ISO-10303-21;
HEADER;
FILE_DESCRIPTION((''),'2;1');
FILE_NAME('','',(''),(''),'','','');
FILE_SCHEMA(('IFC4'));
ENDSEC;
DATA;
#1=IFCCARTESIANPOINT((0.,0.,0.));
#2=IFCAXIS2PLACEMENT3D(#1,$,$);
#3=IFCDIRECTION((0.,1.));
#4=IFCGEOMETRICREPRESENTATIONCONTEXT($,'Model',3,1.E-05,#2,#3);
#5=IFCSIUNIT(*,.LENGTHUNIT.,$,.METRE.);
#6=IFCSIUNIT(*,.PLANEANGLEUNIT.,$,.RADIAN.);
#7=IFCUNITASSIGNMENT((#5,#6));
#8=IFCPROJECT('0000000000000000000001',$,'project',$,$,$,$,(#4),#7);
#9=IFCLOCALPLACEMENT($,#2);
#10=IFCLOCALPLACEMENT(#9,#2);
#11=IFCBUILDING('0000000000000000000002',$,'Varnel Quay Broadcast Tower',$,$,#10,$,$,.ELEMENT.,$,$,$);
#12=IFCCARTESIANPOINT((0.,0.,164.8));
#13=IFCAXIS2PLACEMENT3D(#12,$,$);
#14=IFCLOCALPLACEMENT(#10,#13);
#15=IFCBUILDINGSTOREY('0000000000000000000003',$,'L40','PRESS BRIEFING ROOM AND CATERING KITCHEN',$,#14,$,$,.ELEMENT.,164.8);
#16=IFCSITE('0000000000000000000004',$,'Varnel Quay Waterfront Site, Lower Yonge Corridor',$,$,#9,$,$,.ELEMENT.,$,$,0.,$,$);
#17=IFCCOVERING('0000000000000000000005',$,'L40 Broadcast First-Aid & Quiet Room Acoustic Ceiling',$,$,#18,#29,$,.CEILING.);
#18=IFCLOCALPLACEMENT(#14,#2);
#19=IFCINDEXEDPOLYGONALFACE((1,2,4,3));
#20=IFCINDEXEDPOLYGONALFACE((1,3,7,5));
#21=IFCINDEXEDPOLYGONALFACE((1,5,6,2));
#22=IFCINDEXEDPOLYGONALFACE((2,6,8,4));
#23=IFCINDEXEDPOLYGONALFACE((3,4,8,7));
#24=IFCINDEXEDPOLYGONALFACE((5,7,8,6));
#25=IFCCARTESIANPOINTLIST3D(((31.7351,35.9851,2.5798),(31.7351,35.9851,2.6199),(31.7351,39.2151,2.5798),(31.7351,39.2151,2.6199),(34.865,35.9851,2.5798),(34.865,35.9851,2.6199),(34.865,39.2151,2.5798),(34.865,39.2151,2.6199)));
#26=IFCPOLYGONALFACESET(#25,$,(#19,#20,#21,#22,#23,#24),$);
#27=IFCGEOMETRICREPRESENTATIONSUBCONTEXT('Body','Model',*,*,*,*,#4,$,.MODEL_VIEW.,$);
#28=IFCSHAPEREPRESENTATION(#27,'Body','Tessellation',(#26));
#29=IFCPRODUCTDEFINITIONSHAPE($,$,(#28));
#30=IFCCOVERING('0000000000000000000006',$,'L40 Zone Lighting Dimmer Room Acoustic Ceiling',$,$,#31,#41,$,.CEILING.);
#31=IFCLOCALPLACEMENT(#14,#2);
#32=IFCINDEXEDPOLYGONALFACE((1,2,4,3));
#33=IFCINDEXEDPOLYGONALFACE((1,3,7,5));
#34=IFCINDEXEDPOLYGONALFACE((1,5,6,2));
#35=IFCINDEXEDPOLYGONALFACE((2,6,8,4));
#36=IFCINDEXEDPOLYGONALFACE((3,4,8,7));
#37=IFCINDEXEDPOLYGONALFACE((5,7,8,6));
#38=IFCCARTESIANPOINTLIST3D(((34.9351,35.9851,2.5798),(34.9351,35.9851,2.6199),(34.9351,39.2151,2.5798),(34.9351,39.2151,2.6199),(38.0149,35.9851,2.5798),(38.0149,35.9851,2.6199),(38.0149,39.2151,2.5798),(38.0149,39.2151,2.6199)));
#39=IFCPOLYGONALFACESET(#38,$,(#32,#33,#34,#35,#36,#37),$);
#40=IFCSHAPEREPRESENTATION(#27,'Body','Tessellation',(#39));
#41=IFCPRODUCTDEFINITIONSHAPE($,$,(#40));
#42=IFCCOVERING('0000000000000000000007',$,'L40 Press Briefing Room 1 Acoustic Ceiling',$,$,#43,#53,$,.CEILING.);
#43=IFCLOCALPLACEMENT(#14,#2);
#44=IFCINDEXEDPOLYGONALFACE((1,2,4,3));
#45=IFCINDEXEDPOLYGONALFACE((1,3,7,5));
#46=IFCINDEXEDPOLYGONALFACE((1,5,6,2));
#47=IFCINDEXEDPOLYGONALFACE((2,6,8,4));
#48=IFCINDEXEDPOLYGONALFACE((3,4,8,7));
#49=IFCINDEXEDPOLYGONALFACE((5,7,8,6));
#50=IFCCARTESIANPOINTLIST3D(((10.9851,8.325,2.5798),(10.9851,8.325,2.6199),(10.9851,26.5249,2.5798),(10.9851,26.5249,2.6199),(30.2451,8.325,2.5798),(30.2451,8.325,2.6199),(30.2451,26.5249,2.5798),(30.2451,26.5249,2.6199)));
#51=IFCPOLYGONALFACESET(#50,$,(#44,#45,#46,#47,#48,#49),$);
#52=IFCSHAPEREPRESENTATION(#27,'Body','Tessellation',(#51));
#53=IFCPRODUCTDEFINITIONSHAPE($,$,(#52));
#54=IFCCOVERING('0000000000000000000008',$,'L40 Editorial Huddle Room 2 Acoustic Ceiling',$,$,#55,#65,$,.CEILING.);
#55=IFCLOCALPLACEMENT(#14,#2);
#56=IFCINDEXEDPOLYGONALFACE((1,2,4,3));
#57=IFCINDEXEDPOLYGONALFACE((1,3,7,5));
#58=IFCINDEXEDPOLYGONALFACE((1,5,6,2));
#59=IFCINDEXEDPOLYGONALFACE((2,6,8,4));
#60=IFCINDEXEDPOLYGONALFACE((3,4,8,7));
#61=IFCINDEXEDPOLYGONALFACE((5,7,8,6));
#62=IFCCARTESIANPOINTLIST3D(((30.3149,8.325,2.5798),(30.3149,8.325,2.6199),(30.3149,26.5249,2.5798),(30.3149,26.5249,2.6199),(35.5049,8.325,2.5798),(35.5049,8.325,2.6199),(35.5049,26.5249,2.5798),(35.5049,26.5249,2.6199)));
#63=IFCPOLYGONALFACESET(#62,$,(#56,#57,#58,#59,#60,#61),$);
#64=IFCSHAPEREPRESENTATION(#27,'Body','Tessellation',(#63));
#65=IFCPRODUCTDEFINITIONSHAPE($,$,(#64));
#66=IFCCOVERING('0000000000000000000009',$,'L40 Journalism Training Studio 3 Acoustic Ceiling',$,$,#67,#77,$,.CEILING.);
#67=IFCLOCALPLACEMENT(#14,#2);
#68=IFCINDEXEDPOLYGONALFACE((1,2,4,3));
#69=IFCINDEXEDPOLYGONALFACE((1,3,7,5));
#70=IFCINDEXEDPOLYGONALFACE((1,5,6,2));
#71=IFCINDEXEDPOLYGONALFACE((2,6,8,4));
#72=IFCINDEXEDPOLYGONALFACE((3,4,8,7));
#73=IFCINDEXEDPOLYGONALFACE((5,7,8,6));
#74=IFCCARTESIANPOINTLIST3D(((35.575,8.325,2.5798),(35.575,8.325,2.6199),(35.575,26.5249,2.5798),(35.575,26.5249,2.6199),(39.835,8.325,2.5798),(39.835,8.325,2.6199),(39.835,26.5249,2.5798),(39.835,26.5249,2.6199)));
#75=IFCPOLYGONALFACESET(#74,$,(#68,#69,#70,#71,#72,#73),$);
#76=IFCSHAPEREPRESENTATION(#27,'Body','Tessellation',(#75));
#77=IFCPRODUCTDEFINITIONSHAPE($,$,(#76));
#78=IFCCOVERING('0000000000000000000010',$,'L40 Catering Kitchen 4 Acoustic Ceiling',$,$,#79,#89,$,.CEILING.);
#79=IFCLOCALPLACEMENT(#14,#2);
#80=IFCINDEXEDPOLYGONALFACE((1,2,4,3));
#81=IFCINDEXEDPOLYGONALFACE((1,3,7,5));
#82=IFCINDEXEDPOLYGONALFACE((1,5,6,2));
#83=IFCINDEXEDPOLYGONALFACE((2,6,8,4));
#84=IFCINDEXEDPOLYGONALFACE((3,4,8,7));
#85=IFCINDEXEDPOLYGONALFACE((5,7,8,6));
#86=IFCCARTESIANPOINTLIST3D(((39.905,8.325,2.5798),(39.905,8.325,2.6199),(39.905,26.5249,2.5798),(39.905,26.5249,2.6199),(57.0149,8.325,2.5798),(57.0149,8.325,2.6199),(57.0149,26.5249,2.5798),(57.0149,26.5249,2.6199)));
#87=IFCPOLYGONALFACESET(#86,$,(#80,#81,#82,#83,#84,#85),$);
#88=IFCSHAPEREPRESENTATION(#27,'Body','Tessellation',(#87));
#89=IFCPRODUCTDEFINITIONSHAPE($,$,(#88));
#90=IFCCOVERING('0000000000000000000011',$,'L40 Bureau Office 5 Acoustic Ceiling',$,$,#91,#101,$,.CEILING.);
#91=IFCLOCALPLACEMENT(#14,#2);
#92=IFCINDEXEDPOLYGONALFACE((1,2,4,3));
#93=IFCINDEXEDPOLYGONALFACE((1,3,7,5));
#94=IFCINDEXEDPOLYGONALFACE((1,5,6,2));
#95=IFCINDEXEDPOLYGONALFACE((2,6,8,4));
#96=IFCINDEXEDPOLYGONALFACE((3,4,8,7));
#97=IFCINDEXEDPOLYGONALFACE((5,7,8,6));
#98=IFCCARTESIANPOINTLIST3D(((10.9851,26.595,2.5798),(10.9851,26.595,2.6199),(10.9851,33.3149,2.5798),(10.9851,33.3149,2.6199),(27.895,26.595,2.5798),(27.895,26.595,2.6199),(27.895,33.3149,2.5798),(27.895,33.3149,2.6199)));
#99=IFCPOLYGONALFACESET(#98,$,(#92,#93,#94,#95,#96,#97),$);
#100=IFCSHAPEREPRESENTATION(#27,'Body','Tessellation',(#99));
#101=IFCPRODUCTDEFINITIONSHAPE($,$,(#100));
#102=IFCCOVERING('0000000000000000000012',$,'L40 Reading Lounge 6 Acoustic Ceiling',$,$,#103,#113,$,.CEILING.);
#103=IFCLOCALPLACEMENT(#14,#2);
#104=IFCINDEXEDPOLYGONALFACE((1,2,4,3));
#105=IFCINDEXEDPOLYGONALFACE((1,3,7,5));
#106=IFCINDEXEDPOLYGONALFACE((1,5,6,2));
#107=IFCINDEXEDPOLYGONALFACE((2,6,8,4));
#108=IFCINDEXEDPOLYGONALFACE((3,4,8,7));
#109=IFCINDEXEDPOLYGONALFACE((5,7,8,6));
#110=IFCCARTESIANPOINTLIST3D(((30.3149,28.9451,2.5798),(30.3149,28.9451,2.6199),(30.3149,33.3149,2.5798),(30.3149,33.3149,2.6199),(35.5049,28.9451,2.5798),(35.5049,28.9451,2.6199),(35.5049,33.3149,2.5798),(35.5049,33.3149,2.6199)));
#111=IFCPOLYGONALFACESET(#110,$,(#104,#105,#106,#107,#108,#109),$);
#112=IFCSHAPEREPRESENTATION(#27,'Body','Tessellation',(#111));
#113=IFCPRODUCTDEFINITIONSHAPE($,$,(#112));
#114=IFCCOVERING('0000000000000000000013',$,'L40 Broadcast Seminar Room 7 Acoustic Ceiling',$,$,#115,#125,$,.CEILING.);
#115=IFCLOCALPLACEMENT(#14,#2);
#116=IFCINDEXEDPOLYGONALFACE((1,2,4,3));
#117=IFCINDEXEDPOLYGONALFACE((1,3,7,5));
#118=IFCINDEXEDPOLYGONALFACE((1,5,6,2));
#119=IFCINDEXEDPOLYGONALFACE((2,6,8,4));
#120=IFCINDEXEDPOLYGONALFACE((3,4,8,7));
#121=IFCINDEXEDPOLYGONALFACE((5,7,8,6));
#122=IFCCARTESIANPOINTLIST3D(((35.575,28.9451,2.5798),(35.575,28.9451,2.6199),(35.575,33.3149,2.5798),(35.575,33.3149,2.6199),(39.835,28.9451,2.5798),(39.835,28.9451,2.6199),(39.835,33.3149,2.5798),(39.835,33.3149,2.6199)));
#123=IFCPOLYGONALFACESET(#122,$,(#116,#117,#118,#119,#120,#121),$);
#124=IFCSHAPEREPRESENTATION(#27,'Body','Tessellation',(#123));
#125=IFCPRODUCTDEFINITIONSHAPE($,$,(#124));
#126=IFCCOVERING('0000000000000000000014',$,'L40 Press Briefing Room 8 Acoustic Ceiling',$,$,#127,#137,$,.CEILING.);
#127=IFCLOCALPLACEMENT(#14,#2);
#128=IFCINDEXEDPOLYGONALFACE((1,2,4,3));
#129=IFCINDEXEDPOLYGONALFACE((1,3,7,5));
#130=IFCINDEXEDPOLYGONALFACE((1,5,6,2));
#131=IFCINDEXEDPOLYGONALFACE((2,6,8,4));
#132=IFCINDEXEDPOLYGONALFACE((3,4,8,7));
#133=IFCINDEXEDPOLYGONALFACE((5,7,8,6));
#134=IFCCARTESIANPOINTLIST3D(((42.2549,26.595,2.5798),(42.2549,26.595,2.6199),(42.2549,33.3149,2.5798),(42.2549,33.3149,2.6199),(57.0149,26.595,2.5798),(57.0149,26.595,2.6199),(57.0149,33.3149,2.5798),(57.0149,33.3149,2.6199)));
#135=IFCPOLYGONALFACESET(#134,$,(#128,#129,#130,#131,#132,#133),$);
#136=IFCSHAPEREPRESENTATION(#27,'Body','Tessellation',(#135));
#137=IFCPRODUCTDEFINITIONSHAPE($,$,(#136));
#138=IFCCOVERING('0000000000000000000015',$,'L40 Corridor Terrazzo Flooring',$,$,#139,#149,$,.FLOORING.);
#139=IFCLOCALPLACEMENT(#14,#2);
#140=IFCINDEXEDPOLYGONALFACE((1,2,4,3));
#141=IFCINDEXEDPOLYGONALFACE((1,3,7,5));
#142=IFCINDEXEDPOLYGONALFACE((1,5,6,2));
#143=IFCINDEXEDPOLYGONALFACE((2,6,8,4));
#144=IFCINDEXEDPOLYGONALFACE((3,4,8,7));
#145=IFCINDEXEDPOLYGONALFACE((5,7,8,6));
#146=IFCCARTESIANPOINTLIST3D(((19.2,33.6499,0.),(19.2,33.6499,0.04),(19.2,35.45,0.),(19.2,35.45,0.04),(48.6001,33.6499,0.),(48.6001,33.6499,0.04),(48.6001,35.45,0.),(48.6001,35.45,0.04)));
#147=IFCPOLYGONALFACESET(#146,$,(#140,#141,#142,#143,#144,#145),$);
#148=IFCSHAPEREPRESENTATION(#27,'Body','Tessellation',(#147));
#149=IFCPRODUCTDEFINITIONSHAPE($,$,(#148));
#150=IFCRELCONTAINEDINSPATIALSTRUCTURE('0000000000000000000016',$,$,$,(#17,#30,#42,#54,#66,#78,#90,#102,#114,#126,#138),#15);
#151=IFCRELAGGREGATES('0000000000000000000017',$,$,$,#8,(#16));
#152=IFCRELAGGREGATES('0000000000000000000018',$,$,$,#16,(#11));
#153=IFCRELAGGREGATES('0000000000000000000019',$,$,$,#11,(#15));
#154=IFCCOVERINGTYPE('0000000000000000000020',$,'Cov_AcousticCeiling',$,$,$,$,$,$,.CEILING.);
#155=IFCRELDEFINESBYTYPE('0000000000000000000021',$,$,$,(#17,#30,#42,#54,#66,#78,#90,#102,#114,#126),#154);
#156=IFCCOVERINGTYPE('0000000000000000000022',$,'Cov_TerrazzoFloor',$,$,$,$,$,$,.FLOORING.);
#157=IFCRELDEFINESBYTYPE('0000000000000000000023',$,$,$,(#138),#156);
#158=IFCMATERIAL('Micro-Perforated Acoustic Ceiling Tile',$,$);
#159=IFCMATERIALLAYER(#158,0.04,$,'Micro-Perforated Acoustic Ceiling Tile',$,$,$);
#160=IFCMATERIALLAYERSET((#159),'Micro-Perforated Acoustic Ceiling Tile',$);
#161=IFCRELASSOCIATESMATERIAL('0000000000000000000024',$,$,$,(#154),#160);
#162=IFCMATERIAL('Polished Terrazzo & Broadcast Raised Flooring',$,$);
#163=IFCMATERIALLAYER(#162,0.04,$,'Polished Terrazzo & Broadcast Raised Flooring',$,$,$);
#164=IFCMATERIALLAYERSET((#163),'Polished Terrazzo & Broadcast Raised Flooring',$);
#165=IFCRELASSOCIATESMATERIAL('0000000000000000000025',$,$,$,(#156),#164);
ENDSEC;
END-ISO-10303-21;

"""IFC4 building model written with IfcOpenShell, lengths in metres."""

from ifc_helpers import new_model, si_unit, direction, frame, origin, place, context, subcontext, project, spatial, polyline, outline, extrude, material, layer, layer_set, type_object, element, save


model = new_model("IFC4")

# Units and contexts
model_context = context("Model", 3, precision=1e-05, world=origin(), true_north=direction((0.0, 1.0)))
body_context = subcontext(model_context, "Body", "Model", "MODEL_VIEW")
ifc_project = project(units=[si_unit("LENGTHUNIT", "METRE"), si_unit("PLANEANGLEUNIT", "RADIAN")], contexts=[model_context])

# Site, building, storey
site_placement = place(None, origin())
site = spatial("IfcSite", under=ifc_project, at=site_placement, Name="Varnel Quay Waterfront Site, Lower Yonge Corridor", CompositionType="ELEMENT", RefElevation=0.0)
building_placement = place(site_placement, origin())
building = spatial("IfcBuilding", under=site, at=building_placement, Name="Varnel Quay Broadcast Tower", CompositionType="ELEMENT")
storey_placement = place(building_placement, frame((0.0, 0.0, 164.8)))
storey = spatial("IfcBuildingStorey", under=building, at=storey_placement, Name="L40", Description="PRESS BRIEFING ROOM AND CATERING KITCHEN", CompositionType="ELEMENT", Elevation=164.8)

# Coverings
ifc_material_1 = material(Name="Micro-Perforated Acoustic Ceiling Tile")
ifc_layer_1 = layer(ifc_material_1, 0.04, Name="Micro-Perforated Acoustic Ceiling Tile")
ifc_layer_set_1 = layer_set([ifc_layer_1], Name="Micro-Perforated Acoustic Ceiling Tile")
covering_type_1 = type_object("IfcCoveringType", Name="Cov_AcousticCeiling", PredefinedType="CEILING", material=ifc_layer_set_1)
covering_1_placement = place(storey_placement, frame((0.0, 0.0, 2.5798)))
element("IfcCovering", 1, at=covering_1_placement, inside=storey, type_object=covering_type_1, Name="L40 Broadcast First-Aid & Quiet Room Acoustic Ceiling", PredefinedType="CEILING", context=body_context, shape_type="SweptSolid", body=[
    extrude(outline(polyline([(31.7351, 35.9851), (34.865, 35.9851), (34.865, 39.2151), (31.7351, 39.2151), (31.7351, 35.9851)])), origin(), (0.0, 0.0, 1.0), 0.04),
])
covering_2_placement = place(storey_placement, frame((0.0, 0.0, 2.5798)))
element("IfcCovering", 2, at=covering_2_placement, inside=storey, type_object=covering_type_1, Name="L40 Zone Lighting Dimmer Room Acoustic Ceiling", PredefinedType="CEILING", context=body_context, shape_type="SweptSolid", body=[
    extrude(outline(polyline([(34.9351, 35.9851), (38.0149, 35.9851), (38.0149, 39.2151), (34.9351, 39.2151), (34.9351, 35.9851)])), origin(), (0.0, 0.0, 1.0), 0.04),
])
covering_3_placement = place(storey_placement, frame((0.0, 0.0, 2.5798)))
element("IfcCovering", 3, at=covering_3_placement, inside=storey, type_object=covering_type_1, Name="L40 Press Briefing Room 1 Acoustic Ceiling", PredefinedType="CEILING", context=body_context, shape_type="SweptSolid", body=[
    extrude(outline(polyline([(10.9851, 8.325), (30.2451, 8.325), (30.2451, 26.5249), (10.9851, 26.5249), (10.9851, 8.325)])), origin(), (0.0, 0.0, 1.0), 0.04),
])
covering_4_placement = place(storey_placement, frame((0.0, 0.0, 2.5798)))
element("IfcCovering", 4, at=covering_4_placement, inside=storey, type_object=covering_type_1, Name="L40 Editorial Huddle Room 2 Acoustic Ceiling", PredefinedType="CEILING", context=body_context, shape_type="SweptSolid", body=[
    extrude(outline(polyline([(30.3149, 8.325), (35.5049, 8.325), (35.5049, 26.5249), (30.3149, 26.5249), (30.3149, 8.325)])), origin(), (0.0, 0.0, 1.0), 0.04),
])
covering_5_placement = place(storey_placement, frame((0.0, 0.0, 2.5798)))
element("IfcCovering", 5, at=covering_5_placement, inside=storey, type_object=covering_type_1, Name="L40 Journalism Training Studio 3 Acoustic Ceiling", PredefinedType="CEILING", context=body_context, shape_type="SweptSolid", body=[
    extrude(outline(polyline([(35.575, 8.325), (39.835, 8.325), (39.835, 26.5249), (35.575, 26.5249), (35.575, 8.325)])), origin(), (0.0, 0.0, 1.0), 0.04),
])
covering_6_placement = place(storey_placement, frame((0.0, 0.0, 2.5798)))
element("IfcCovering", 6, at=covering_6_placement, inside=storey, type_object=covering_type_1, Name="L40 Catering Kitchen 4 Acoustic Ceiling", PredefinedType="CEILING", context=body_context, shape_type="SweptSolid", body=[
    extrude(outline(polyline([(39.905, 8.325), (57.0149, 8.325), (57.0149, 26.5249), (39.905, 26.5249), (39.905, 8.325)])), origin(), (0.0, 0.0, 1.0), 0.04),
])
covering_7_placement = place(storey_placement, frame((0.0, 0.0, 2.5798)))
element("IfcCovering", 7, at=covering_7_placement, inside=storey, type_object=covering_type_1, Name="L40 Bureau Office 5 Acoustic Ceiling", PredefinedType="CEILING", context=body_context, shape_type="SweptSolid", body=[
    extrude(outline(polyline([(10.9851, 26.595), (27.895, 26.595), (27.895, 33.3149), (10.9851, 33.3149), (10.9851, 26.595)])), origin(), (0.0, 0.0, 1.0), 0.04),
])
covering_8_placement = place(storey_placement, frame((0.0, 0.0, 2.5798)))
element("IfcCovering", 8, at=covering_8_placement, inside=storey, type_object=covering_type_1, Name="L40 Reading Lounge 6 Acoustic Ceiling", PredefinedType="CEILING", context=body_context, shape_type="SweptSolid", body=[
    extrude(outline(polyline([(30.3149, 28.9451), (35.5049, 28.9451), (35.5049, 33.3149), (30.3149, 33.3149), (30.3149, 28.9451)])), origin(), (0.0, 0.0, 1.0), 0.04),
])
covering_9_placement = place(storey_placement, frame((0.0, 0.0, 2.5798)))
element("IfcCovering", 9, at=covering_9_placement, inside=storey, type_object=covering_type_1, Name="L40 Broadcast Seminar Room 7 Acoustic Ceiling", PredefinedType="CEILING", context=body_context, shape_type="SweptSolid", body=[
    extrude(outline(polyline([(35.575, 28.9451), (39.835, 28.9451), (39.835, 33.3149), (35.575, 33.3149), (35.575, 28.9451)])), origin(), (0.0, 0.0, 1.0), 0.04),
])
covering_10_placement = place(storey_placement, frame((0.0, 0.0, 2.5798)))
element("IfcCovering", 10, at=covering_10_placement, inside=storey, type_object=covering_type_1, Name="L40 Press Briefing Room 8 Acoustic Ceiling", PredefinedType="CEILING", context=body_context, shape_type="SweptSolid", body=[
    extrude(outline(polyline([(42.2549, 26.595), (57.0149, 26.595), (57.0149, 33.3149), (42.2549, 33.3149), (42.2549, 26.595)])), origin(), (0.0, 0.0, 1.0), 0.04),
])
ifc_material_2 = material(Name="Polished Terrazzo & Broadcast Raised Flooring")
ifc_layer_2 = layer(ifc_material_2, 0.04, Name="Polished Terrazzo & Broadcast Raised Flooring")
ifc_layer_set_2 = layer_set([ifc_layer_2], Name="Polished Terrazzo & Broadcast Raised Flooring")
covering_type_2 = type_object("IfcCoveringType", Name="Cov_TerrazzoFloor", PredefinedType="FLOORING", material=ifc_layer_set_2)
covering_11_placement = place(storey_placement, origin())
element("IfcCovering", 11, at=covering_11_placement, inside=storey, type_object=covering_type_2, Name="L40 Corridor Terrazzo Flooring", PredefinedType="FLOORING", context=body_context, shape_type="SweptSolid", body=[
    extrude(outline(polyline([(19.2, 33.6499), (48.6001, 33.6499), (48.6001, 35.45), (19.2, 35.45), (19.2, 33.6499)])), origin(), (0.0, 0.0, 1.0), 0.04),
])

save(model, "model.ifc")
